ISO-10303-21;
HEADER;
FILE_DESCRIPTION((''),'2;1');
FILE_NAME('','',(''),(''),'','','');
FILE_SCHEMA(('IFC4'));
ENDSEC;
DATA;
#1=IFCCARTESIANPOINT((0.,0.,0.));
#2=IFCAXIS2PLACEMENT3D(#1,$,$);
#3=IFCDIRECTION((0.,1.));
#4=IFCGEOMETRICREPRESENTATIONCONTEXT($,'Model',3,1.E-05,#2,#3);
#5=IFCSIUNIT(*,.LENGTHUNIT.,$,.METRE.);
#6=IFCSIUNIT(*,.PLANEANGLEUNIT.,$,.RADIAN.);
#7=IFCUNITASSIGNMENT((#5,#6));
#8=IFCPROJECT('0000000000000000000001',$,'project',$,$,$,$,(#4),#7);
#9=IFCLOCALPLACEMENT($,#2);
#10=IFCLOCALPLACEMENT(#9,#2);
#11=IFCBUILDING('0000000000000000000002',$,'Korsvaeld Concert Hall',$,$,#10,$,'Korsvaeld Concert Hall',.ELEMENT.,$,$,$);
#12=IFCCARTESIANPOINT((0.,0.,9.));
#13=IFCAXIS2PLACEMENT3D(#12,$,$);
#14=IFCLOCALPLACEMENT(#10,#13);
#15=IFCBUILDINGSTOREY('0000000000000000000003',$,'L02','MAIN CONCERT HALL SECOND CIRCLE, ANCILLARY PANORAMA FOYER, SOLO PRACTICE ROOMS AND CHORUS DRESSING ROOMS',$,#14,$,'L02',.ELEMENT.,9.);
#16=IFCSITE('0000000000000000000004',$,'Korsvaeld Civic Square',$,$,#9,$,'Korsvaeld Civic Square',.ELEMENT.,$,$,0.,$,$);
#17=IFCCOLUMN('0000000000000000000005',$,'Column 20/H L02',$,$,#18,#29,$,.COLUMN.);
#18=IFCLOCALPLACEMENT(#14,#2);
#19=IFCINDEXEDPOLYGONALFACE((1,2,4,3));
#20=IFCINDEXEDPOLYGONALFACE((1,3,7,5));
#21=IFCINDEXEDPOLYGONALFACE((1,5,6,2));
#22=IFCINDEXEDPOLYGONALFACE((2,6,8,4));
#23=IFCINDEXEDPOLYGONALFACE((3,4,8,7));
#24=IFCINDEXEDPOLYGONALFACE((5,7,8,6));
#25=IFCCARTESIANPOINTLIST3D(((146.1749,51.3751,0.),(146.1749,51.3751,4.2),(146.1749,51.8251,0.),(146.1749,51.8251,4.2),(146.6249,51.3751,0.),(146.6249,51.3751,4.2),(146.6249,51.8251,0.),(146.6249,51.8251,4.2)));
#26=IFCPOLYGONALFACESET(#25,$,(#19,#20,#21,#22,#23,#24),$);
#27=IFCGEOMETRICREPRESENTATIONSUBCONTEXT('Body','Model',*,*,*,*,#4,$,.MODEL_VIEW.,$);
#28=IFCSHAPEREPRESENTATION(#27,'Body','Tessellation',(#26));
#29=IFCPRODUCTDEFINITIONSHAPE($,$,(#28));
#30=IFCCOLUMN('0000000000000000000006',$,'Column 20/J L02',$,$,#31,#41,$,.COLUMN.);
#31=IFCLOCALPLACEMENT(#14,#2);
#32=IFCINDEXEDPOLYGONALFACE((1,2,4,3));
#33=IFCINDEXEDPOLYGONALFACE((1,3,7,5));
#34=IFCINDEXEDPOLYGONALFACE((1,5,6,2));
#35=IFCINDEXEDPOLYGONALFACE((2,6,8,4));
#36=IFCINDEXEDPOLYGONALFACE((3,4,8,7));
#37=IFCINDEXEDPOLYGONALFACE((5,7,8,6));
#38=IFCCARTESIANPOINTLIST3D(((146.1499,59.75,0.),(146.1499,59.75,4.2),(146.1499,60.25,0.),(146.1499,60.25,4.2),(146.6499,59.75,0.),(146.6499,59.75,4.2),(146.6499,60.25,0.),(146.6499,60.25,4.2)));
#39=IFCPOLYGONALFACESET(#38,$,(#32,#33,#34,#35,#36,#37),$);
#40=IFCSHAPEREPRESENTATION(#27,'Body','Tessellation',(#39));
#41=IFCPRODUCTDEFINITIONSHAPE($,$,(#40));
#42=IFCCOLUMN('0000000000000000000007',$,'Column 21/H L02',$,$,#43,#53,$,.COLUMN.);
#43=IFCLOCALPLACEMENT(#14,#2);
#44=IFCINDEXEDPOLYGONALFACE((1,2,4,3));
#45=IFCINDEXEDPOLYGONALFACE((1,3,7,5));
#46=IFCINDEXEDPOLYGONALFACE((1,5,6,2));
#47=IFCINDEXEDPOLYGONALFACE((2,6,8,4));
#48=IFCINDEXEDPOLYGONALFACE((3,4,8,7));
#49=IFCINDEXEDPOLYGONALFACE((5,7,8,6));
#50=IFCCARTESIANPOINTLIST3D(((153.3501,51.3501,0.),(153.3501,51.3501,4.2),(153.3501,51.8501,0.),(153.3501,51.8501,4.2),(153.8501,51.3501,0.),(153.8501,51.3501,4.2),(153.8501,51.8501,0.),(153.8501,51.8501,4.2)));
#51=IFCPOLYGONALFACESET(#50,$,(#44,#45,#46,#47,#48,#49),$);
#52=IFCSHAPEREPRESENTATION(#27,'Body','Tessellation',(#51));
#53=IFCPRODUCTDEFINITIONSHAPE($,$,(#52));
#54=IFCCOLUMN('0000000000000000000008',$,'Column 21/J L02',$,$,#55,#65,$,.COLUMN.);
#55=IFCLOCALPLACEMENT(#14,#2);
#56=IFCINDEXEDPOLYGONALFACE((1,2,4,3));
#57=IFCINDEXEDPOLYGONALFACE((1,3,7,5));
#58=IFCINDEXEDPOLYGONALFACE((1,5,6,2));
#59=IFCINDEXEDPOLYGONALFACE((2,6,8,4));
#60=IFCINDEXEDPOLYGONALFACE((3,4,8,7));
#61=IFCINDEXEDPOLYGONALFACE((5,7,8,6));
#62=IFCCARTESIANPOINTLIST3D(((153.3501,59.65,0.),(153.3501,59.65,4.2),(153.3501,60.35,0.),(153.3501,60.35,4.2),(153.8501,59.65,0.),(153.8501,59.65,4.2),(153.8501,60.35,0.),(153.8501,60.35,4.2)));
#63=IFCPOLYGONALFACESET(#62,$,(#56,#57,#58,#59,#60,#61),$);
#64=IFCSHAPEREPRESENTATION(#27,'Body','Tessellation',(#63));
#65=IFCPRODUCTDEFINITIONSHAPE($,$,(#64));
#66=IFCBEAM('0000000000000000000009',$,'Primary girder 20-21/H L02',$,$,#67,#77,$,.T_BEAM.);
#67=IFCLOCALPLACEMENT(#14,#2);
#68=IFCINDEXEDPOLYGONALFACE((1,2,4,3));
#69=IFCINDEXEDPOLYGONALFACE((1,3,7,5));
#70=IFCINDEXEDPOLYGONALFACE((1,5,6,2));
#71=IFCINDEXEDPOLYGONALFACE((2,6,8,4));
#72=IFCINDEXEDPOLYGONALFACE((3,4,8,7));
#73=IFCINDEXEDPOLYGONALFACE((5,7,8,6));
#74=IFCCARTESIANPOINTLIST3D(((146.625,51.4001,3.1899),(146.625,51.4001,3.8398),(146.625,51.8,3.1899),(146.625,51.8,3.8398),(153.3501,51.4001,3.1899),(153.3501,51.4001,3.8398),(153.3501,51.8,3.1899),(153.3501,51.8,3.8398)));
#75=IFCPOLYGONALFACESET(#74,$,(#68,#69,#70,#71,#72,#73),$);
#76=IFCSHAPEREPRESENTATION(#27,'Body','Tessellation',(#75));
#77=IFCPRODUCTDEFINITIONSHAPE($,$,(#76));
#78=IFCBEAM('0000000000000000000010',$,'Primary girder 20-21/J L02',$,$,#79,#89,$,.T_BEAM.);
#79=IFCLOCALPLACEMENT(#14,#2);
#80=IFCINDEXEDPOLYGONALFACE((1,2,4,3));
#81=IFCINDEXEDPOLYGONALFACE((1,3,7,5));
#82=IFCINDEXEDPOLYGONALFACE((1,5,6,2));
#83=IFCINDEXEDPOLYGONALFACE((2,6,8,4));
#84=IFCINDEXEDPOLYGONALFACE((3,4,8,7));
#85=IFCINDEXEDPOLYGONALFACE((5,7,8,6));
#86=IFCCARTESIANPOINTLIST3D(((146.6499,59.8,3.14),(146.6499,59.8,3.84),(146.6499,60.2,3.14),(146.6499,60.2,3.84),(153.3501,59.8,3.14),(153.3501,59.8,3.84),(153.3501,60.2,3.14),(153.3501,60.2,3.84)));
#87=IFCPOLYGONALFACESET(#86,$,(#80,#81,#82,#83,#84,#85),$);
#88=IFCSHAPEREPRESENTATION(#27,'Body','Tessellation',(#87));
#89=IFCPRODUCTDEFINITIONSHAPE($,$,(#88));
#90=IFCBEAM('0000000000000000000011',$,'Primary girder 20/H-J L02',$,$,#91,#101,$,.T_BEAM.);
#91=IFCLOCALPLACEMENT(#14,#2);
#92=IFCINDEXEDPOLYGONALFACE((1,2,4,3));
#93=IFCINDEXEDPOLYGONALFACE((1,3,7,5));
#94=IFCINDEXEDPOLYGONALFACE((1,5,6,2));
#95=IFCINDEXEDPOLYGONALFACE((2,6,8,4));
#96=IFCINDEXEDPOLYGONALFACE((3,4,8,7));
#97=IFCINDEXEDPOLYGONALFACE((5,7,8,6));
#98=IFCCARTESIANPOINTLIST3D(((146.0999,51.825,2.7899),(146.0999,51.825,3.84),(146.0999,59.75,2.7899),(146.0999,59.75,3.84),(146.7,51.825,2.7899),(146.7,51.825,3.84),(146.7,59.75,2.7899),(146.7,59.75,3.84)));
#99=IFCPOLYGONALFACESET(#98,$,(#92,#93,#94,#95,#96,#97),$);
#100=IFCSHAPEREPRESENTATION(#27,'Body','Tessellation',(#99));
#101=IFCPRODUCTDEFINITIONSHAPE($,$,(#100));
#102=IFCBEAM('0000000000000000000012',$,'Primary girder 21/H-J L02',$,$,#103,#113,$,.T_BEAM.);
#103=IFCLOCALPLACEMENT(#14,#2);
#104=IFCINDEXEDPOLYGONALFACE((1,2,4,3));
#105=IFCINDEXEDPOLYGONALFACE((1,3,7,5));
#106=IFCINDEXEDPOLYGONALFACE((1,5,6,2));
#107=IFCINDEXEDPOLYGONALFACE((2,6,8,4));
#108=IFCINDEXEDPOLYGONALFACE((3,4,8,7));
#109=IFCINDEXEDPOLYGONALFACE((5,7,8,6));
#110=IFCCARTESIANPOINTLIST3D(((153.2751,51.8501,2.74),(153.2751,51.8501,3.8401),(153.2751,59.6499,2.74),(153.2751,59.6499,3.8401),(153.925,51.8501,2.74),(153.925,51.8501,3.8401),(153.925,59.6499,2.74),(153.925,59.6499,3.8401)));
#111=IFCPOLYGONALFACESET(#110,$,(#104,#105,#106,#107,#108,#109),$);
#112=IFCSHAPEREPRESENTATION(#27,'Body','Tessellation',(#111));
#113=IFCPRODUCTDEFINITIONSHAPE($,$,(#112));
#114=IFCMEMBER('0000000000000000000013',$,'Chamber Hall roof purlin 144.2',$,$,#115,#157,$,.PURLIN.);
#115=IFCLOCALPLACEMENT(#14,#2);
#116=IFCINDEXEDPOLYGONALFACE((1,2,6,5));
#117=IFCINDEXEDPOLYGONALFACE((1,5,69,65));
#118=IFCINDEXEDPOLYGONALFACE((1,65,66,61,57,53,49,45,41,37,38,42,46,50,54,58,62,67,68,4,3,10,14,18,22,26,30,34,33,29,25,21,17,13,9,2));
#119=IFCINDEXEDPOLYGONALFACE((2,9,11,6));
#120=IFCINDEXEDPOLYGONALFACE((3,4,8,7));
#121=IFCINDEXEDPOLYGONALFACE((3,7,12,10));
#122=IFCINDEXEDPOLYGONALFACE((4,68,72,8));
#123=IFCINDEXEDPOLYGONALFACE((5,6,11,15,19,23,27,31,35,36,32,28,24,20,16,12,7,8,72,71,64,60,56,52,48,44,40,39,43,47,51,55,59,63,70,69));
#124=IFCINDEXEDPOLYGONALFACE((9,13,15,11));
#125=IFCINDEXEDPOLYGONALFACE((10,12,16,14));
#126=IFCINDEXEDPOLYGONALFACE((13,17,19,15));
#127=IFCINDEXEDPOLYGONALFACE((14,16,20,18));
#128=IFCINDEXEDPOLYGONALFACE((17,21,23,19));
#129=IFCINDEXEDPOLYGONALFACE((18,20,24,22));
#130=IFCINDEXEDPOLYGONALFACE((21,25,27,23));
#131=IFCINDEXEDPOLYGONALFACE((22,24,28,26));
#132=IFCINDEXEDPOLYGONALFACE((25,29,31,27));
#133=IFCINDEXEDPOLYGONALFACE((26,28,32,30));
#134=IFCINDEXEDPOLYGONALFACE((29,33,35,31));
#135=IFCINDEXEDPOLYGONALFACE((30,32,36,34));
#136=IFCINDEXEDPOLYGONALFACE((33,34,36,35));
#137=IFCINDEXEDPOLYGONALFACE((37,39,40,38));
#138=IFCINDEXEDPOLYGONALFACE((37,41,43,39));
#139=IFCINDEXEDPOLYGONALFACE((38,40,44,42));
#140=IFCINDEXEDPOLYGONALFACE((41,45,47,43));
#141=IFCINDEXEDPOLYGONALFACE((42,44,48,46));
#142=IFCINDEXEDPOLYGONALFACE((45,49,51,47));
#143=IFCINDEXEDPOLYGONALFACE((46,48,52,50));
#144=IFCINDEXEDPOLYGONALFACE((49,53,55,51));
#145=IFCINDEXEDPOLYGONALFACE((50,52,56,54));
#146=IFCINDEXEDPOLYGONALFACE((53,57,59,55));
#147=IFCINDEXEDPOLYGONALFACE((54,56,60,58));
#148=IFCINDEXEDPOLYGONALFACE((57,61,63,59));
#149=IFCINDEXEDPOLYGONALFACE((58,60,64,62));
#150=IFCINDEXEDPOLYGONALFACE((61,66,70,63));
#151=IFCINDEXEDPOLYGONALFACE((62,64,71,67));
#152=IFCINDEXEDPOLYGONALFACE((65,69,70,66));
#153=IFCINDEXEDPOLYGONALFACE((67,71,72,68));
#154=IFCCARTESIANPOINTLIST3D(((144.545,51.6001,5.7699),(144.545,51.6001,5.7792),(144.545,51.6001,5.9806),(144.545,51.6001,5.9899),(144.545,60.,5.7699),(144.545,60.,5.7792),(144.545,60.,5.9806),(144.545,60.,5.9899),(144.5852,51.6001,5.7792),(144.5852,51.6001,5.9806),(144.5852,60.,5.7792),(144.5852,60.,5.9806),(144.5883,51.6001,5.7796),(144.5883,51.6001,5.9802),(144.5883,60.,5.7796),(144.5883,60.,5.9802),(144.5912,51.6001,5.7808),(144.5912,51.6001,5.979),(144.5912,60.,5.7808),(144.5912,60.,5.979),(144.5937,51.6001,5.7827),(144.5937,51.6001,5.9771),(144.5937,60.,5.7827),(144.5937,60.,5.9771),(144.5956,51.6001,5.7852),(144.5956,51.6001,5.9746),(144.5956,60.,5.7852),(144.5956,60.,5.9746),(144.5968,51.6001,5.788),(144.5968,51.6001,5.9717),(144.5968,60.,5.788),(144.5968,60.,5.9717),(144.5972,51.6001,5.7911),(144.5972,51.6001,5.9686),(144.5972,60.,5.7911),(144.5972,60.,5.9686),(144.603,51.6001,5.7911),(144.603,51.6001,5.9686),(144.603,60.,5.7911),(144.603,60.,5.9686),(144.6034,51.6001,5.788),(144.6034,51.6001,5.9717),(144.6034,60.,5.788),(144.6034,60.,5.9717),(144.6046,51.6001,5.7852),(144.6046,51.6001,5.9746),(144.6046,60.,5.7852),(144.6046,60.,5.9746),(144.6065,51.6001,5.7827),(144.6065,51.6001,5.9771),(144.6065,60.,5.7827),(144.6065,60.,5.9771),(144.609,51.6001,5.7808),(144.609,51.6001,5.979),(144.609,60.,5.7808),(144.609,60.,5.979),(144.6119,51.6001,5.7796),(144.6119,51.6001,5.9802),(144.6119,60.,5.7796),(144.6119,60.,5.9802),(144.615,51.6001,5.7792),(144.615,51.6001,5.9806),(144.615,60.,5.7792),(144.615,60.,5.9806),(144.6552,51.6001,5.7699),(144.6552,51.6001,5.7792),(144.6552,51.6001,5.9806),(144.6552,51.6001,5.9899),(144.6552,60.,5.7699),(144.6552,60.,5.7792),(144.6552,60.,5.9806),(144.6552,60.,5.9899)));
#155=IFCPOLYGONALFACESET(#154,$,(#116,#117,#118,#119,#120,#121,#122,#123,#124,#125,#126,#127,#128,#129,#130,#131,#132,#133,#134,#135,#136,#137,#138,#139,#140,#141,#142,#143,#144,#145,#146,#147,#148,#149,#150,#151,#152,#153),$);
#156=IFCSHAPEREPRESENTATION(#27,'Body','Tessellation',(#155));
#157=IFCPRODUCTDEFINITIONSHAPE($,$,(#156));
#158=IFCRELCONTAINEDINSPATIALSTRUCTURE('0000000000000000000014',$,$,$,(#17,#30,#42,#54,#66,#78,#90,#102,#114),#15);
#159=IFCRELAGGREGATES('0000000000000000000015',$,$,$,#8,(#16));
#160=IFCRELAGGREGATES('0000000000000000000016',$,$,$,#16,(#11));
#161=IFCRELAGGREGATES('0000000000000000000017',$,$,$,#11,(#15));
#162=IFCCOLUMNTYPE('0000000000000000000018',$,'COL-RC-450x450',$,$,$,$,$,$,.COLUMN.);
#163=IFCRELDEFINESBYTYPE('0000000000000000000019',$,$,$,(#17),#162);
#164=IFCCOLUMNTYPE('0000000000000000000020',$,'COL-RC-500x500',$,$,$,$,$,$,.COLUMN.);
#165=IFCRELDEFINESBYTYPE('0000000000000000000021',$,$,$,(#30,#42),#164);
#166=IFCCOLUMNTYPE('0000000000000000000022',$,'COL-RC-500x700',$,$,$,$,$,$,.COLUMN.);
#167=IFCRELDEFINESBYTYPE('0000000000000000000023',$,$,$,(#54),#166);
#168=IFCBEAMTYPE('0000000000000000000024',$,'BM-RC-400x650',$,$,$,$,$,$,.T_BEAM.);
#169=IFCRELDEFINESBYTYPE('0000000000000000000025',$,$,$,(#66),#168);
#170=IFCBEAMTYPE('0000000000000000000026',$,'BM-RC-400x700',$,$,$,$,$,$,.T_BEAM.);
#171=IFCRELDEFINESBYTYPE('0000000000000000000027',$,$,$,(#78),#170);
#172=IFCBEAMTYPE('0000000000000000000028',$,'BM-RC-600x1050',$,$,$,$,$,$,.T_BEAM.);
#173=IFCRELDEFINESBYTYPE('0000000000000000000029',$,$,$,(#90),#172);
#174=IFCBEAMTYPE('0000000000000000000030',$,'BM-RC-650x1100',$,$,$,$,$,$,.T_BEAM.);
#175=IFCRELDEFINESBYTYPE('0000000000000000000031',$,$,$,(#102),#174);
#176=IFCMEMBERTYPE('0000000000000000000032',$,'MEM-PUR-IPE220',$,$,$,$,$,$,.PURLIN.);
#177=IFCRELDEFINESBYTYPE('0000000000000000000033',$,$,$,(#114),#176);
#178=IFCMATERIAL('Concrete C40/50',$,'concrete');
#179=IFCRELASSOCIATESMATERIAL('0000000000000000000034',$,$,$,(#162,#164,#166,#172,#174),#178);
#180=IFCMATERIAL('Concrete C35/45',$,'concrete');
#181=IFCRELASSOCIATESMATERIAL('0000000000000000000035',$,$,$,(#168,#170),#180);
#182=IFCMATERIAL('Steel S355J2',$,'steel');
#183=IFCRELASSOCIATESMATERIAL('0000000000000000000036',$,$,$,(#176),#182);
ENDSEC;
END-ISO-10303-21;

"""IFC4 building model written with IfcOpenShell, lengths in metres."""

from ifc_helpers import new_model, si_unit, direction, frame, origin, origin_2d, place, context, subcontext, project, spatial, rectangle, i_section, extrude, material, material_profile, profile_set, type_object, element, save


model = new_model("IFC4")

# Units and contexts
model_context = context("Model", 3, precision=1e-05, world=origin(), true_north=direction((0.0, 1.0)))
body_context = subcontext(model_context, "Body", "Model", "MODEL_VIEW")
ifc_project = project(units=[si_unit("LENGTHUNIT", "METRE"), si_unit("PLANEANGLEUNIT", "RADIAN")], contexts=[model_context])

# Site, building, storey
site_placement = place(None, origin())
site = spatial("IfcSite", under=ifc_project, at=site_placement, Name="Korsvaeld Civic Square", LongName="Korsvaeld Civic Square", CompositionType="ELEMENT", RefElevation=0.0)
building_placement = place(site_placement, origin())
building = spatial("IfcBuilding", under=site, at=building_placement, Name="Korsvaeld Concert Hall", LongName="Korsvaeld Concert Hall", CompositionType="ELEMENT")
storey_placement = place(building_placement, frame((0.0, 0.0, 9.0)))
storey = spatial("IfcBuildingStorey", under=building, at=storey_placement, Name="L02", Description="MAIN CONCERT HALL SECOND CIRCLE, ANCILLARY PANORAMA FOYER, SOLO PRACTICE ROOMS AND CHORUS DRESSING ROOMS", LongName="L02", CompositionType="ELEMENT", Elevation=9.0)

# Columns
ifc_material_1 = material(Name="Concrete C40/50", Category="concrete")
ifc_material_profile_1 = material_profile(ifc_material_1, rectangle(XDim=0.45, YDim=0.45, at=origin_2d()), Name="RC 450x450")
ifc_profile_set_1 = profile_set([ifc_material_profile_1], Name="Concrete C40/50")
column_type_1 = type_object("IfcColumnType", Name="COL-RC-450x450", PredefinedType="COLUMN", material=ifc_profile_set_1)
column_1_placement = place(storey_placement, frame((146.3999, 51.6001, 0.0), z_axis=(0.0, 0.0, 1.0), x_axis=(1.0, 0.0, 0.0)))
element("IfcColumn", 1, at=column_1_placement, inside=storey, type_object=column_type_1, Name="Column 20/H L02", PredefinedType="COLUMN", context=body_context, shape_type="SweptSolid", body=[
    extrude(rectangle(XDim=0.45, YDim=0.45, at=origin_2d()), origin(), (0.0, 0.0, 1.0), 4.2),
])
ifc_material_profile_2 = material_profile(ifc_material_1, rectangle(XDim=0.5, YDim=0.5, at=origin_2d()), Name="RC 500x500")
ifc_profile_set_2 = profile_set([ifc_material_profile_2], Name="Concrete C40/50")
column_type_2 = type_object("IfcColumnType", Name="COL-RC-500x500", PredefinedType="COLUMN", material=ifc_profile_set_2)
for number, where, z_axis, x_axis, name in (
    (2, (146.3999, 60.0, 0.0), (0.0, 0.0, 1.0), (1.0, 0.0, 0.0), "Column 20/J L02"),
    (3, (153.6001, 51.6001, 0.0), (0.0, 0.0, 1.0), (1.0, 0.0, 0.0), "Column 21/H L02"),
):
    element("IfcColumn", number, at=place(storey_placement, frame(where, z_axis=z_axis, x_axis=x_axis)), inside=storey, type_object=column_type_2, Name=name, PredefinedType="COLUMN", context=body_context, shape_type="SweptSolid", body=[
        extrude(rectangle(XDim=0.5, YDim=0.5, at=origin_2d()), origin(), (0.0, 0.0, 1.0), 4.2),
    ])
ifc_material_profile_3 = material_profile(ifc_material_1, rectangle(XDim=0.5, YDim=0.7, at=origin_2d()), Name="RC 500x700")
ifc_profile_set_3 = profile_set([ifc_material_profile_3], Name="Concrete C40/50")
column_type_3 = type_object("IfcColumnType", Name="COL-RC-500x700", PredefinedType="COLUMN", material=ifc_profile_set_3)
column_2_placement = place(storey_placement, frame((153.6001, 60.0, 0.0), z_axis=(0.0, 0.0, 1.0), x_axis=(1.0, 0.0, 0.0)))
element("IfcColumn", 4, at=column_2_placement, inside=storey, type_object=column_type_3, Name="Column 21/J L02", PredefinedType="COLUMN", context=body_context, shape_type="SweptSolid", body=[
    extrude(rectangle(XDim=0.5, YDim=0.7, at=origin_2d()), origin(), (0.0, 0.0, 1.0), 4.2),
])

# Beams
ifc_material_2 = material(Name="Concrete C35/45", Category="concrete")
ifc_material_profile_4 = material_profile(ifc_material_2, rectangle(XDim=0.3999, YDim=0.6499, at=origin_2d()), Name="RC 400x650")
ifc_profile_set_4 = profile_set([ifc_material_profile_4], Name="Concrete C35/45")
beam_type_1 = type_object("IfcBeamType", Name="BM-RC-400x650", PredefinedType="T_BEAM", material=ifc_profile_set_4)
beam_1_placement = place(storey_placement, frame((146.625, 51.6001, 3.5149), z_axis=(1.0, 0.0, 0.0), x_axis=(0.0, 1.0, 0.0)))
element("IfcBeam", 5, at=beam_1_placement, inside=storey, type_object=beam_type_1, Name="Primary girder 20-21/H L02", PredefinedType="T_BEAM", context=body_context, shape_type="SweptSolid", body=[
    extrude(rectangle(XDim=0.3999, YDim=0.6499, at=origin_2d()), origin(), (0.0, 0.0, 1.0), 6.7251),
])
ifc_material_profile_5 = material_profile(ifc_material_2, rectangle(XDim=0.3999, YDim=0.7, at=origin_2d()), Name="RC 400x700")
ifc_profile_set_5 = profile_set([ifc_material_profile_5], Name="Concrete C35/45")
beam_type_2 = type_object("IfcBeamType", Name="BM-RC-400x700", PredefinedType="T_BEAM", material=ifc_profile_set_5)
beam_2_placement = place(storey_placement, frame((146.6499, 60.0, 3.49), z_axis=(1.0, 0.0, 0.0), x_axis=(0.0, 1.0, 0.0)))
element("IfcBeam", 6, at=beam_2_placement, inside=storey, type_object=beam_type_2, Name="Primary girder 20-21/J L02", PredefinedType="T_BEAM", context=body_context, shape_type="SweptSolid", body=[
    extrude(rectangle(XDim=0.3999, YDim=0.7, at=origin_2d()), origin(), (0.0, 0.0, 1.0), 6.7002),
])
ifc_material_profile_6 = material_profile(ifc_material_1, rectangle(XDim=0.6001, YDim=1.05, at=origin_2d()), Name="RC 600x1050")
ifc_profile_set_6 = profile_set([ifc_material_profile_6], Name="Concrete C40/50")
beam_type_3 = type_object("IfcBeamType", Name="BM-RC-600x1050", PredefinedType="T_BEAM", material=ifc_profile_set_6)
beam_3_placement = place(storey_placement, frame((146.3999, 51.825, 3.3149), z_axis=(0.0, 1.0, 0.0), x_axis=(-1.0, 0.0, 0.0)))
element("IfcBeam", 7, at=beam_3_placement, inside=storey, type_object=beam_type_3, Name="Primary girder 20/H-J L02", PredefinedType="T_BEAM", context=body_context, shape_type="SweptSolid", body=[
    extrude(rectangle(XDim=0.6001, YDim=1.05, at=origin_2d()), origin(), (0.0, 0.0, 1.0), 7.925),
])
ifc_material_profile_7 = material_profile(ifc_material_1, rectangle(XDim=0.6499, YDim=1.1001, at=origin_2d()), Name="RC 650x1100")
ifc_profile_set_7 = profile_set([ifc_material_profile_7], Name="Concrete C40/50")
beam_type_4 = type_object("IfcBeamType", Name="BM-RC-650x1100", PredefinedType="T_BEAM", material=ifc_profile_set_7)
beam_4_placement = place(storey_placement, frame((153.6001, 51.8501, 3.29), z_axis=(0.0, 1.0, 0.0), x_axis=(-1.0, 0.0, 0.0)))
element("IfcBeam", 8, at=beam_4_placement, inside=storey, type_object=beam_type_4, Name="Primary girder 21/H-J L02", PredefinedType="T_BEAM", context=body_context, shape_type="SweptSolid", body=[
    extrude(rectangle(XDim=0.6499, YDim=1.1001, at=origin_2d()), origin(), (0.0, 0.0, 1.0), 7.7998),
])

# Member
ifc_material_3 = material(Name="Steel S355J2", Category="steel")
ifc_material_profile_8 = material_profile(ifc_material_3, i_section(OverallWidth=0.1101, OverallDepth=0.22, WebThickness=0.0059, FlangeThickness=0.0093, FilletRadius=0.012, at=origin_2d()), Name="IPE 220")
ifc_profile_set_8 = profile_set([ifc_material_profile_8], Name="Steel S355J2")
member_type_1 = type_object("IfcMemberType", Name="MEM-PUR-IPE220", PredefinedType="PURLIN", material=ifc_profile_set_8)
for number, where, z_axis, x_axis, name in (
    (9, (144.6001, 51.6001, 5.8799), (0.0, 1.0, 0.0), (-1.0, 0.0, 0.0), "Chamber Hall roof purlin 144.2"),
):
    element("IfcMember", number, at=place(storey_placement, frame(where, z_axis=z_axis, x_axis=x_axis)), inside=storey, type_object=member_type_1, Name=name, PredefinedType="PURLIN", context=body_context, shape_type="SweptSolid", body=[
        extrude(i_section(OverallWidth=0.1101, OverallDepth=0.22, WebThickness=0.0059, FlangeThickness=0.0093, FilletRadius=0.012, at=origin_2d()), origin(), (0.0, 0.0, 1.0), 8.3999),
    ])

save(model, "model.ifc")
